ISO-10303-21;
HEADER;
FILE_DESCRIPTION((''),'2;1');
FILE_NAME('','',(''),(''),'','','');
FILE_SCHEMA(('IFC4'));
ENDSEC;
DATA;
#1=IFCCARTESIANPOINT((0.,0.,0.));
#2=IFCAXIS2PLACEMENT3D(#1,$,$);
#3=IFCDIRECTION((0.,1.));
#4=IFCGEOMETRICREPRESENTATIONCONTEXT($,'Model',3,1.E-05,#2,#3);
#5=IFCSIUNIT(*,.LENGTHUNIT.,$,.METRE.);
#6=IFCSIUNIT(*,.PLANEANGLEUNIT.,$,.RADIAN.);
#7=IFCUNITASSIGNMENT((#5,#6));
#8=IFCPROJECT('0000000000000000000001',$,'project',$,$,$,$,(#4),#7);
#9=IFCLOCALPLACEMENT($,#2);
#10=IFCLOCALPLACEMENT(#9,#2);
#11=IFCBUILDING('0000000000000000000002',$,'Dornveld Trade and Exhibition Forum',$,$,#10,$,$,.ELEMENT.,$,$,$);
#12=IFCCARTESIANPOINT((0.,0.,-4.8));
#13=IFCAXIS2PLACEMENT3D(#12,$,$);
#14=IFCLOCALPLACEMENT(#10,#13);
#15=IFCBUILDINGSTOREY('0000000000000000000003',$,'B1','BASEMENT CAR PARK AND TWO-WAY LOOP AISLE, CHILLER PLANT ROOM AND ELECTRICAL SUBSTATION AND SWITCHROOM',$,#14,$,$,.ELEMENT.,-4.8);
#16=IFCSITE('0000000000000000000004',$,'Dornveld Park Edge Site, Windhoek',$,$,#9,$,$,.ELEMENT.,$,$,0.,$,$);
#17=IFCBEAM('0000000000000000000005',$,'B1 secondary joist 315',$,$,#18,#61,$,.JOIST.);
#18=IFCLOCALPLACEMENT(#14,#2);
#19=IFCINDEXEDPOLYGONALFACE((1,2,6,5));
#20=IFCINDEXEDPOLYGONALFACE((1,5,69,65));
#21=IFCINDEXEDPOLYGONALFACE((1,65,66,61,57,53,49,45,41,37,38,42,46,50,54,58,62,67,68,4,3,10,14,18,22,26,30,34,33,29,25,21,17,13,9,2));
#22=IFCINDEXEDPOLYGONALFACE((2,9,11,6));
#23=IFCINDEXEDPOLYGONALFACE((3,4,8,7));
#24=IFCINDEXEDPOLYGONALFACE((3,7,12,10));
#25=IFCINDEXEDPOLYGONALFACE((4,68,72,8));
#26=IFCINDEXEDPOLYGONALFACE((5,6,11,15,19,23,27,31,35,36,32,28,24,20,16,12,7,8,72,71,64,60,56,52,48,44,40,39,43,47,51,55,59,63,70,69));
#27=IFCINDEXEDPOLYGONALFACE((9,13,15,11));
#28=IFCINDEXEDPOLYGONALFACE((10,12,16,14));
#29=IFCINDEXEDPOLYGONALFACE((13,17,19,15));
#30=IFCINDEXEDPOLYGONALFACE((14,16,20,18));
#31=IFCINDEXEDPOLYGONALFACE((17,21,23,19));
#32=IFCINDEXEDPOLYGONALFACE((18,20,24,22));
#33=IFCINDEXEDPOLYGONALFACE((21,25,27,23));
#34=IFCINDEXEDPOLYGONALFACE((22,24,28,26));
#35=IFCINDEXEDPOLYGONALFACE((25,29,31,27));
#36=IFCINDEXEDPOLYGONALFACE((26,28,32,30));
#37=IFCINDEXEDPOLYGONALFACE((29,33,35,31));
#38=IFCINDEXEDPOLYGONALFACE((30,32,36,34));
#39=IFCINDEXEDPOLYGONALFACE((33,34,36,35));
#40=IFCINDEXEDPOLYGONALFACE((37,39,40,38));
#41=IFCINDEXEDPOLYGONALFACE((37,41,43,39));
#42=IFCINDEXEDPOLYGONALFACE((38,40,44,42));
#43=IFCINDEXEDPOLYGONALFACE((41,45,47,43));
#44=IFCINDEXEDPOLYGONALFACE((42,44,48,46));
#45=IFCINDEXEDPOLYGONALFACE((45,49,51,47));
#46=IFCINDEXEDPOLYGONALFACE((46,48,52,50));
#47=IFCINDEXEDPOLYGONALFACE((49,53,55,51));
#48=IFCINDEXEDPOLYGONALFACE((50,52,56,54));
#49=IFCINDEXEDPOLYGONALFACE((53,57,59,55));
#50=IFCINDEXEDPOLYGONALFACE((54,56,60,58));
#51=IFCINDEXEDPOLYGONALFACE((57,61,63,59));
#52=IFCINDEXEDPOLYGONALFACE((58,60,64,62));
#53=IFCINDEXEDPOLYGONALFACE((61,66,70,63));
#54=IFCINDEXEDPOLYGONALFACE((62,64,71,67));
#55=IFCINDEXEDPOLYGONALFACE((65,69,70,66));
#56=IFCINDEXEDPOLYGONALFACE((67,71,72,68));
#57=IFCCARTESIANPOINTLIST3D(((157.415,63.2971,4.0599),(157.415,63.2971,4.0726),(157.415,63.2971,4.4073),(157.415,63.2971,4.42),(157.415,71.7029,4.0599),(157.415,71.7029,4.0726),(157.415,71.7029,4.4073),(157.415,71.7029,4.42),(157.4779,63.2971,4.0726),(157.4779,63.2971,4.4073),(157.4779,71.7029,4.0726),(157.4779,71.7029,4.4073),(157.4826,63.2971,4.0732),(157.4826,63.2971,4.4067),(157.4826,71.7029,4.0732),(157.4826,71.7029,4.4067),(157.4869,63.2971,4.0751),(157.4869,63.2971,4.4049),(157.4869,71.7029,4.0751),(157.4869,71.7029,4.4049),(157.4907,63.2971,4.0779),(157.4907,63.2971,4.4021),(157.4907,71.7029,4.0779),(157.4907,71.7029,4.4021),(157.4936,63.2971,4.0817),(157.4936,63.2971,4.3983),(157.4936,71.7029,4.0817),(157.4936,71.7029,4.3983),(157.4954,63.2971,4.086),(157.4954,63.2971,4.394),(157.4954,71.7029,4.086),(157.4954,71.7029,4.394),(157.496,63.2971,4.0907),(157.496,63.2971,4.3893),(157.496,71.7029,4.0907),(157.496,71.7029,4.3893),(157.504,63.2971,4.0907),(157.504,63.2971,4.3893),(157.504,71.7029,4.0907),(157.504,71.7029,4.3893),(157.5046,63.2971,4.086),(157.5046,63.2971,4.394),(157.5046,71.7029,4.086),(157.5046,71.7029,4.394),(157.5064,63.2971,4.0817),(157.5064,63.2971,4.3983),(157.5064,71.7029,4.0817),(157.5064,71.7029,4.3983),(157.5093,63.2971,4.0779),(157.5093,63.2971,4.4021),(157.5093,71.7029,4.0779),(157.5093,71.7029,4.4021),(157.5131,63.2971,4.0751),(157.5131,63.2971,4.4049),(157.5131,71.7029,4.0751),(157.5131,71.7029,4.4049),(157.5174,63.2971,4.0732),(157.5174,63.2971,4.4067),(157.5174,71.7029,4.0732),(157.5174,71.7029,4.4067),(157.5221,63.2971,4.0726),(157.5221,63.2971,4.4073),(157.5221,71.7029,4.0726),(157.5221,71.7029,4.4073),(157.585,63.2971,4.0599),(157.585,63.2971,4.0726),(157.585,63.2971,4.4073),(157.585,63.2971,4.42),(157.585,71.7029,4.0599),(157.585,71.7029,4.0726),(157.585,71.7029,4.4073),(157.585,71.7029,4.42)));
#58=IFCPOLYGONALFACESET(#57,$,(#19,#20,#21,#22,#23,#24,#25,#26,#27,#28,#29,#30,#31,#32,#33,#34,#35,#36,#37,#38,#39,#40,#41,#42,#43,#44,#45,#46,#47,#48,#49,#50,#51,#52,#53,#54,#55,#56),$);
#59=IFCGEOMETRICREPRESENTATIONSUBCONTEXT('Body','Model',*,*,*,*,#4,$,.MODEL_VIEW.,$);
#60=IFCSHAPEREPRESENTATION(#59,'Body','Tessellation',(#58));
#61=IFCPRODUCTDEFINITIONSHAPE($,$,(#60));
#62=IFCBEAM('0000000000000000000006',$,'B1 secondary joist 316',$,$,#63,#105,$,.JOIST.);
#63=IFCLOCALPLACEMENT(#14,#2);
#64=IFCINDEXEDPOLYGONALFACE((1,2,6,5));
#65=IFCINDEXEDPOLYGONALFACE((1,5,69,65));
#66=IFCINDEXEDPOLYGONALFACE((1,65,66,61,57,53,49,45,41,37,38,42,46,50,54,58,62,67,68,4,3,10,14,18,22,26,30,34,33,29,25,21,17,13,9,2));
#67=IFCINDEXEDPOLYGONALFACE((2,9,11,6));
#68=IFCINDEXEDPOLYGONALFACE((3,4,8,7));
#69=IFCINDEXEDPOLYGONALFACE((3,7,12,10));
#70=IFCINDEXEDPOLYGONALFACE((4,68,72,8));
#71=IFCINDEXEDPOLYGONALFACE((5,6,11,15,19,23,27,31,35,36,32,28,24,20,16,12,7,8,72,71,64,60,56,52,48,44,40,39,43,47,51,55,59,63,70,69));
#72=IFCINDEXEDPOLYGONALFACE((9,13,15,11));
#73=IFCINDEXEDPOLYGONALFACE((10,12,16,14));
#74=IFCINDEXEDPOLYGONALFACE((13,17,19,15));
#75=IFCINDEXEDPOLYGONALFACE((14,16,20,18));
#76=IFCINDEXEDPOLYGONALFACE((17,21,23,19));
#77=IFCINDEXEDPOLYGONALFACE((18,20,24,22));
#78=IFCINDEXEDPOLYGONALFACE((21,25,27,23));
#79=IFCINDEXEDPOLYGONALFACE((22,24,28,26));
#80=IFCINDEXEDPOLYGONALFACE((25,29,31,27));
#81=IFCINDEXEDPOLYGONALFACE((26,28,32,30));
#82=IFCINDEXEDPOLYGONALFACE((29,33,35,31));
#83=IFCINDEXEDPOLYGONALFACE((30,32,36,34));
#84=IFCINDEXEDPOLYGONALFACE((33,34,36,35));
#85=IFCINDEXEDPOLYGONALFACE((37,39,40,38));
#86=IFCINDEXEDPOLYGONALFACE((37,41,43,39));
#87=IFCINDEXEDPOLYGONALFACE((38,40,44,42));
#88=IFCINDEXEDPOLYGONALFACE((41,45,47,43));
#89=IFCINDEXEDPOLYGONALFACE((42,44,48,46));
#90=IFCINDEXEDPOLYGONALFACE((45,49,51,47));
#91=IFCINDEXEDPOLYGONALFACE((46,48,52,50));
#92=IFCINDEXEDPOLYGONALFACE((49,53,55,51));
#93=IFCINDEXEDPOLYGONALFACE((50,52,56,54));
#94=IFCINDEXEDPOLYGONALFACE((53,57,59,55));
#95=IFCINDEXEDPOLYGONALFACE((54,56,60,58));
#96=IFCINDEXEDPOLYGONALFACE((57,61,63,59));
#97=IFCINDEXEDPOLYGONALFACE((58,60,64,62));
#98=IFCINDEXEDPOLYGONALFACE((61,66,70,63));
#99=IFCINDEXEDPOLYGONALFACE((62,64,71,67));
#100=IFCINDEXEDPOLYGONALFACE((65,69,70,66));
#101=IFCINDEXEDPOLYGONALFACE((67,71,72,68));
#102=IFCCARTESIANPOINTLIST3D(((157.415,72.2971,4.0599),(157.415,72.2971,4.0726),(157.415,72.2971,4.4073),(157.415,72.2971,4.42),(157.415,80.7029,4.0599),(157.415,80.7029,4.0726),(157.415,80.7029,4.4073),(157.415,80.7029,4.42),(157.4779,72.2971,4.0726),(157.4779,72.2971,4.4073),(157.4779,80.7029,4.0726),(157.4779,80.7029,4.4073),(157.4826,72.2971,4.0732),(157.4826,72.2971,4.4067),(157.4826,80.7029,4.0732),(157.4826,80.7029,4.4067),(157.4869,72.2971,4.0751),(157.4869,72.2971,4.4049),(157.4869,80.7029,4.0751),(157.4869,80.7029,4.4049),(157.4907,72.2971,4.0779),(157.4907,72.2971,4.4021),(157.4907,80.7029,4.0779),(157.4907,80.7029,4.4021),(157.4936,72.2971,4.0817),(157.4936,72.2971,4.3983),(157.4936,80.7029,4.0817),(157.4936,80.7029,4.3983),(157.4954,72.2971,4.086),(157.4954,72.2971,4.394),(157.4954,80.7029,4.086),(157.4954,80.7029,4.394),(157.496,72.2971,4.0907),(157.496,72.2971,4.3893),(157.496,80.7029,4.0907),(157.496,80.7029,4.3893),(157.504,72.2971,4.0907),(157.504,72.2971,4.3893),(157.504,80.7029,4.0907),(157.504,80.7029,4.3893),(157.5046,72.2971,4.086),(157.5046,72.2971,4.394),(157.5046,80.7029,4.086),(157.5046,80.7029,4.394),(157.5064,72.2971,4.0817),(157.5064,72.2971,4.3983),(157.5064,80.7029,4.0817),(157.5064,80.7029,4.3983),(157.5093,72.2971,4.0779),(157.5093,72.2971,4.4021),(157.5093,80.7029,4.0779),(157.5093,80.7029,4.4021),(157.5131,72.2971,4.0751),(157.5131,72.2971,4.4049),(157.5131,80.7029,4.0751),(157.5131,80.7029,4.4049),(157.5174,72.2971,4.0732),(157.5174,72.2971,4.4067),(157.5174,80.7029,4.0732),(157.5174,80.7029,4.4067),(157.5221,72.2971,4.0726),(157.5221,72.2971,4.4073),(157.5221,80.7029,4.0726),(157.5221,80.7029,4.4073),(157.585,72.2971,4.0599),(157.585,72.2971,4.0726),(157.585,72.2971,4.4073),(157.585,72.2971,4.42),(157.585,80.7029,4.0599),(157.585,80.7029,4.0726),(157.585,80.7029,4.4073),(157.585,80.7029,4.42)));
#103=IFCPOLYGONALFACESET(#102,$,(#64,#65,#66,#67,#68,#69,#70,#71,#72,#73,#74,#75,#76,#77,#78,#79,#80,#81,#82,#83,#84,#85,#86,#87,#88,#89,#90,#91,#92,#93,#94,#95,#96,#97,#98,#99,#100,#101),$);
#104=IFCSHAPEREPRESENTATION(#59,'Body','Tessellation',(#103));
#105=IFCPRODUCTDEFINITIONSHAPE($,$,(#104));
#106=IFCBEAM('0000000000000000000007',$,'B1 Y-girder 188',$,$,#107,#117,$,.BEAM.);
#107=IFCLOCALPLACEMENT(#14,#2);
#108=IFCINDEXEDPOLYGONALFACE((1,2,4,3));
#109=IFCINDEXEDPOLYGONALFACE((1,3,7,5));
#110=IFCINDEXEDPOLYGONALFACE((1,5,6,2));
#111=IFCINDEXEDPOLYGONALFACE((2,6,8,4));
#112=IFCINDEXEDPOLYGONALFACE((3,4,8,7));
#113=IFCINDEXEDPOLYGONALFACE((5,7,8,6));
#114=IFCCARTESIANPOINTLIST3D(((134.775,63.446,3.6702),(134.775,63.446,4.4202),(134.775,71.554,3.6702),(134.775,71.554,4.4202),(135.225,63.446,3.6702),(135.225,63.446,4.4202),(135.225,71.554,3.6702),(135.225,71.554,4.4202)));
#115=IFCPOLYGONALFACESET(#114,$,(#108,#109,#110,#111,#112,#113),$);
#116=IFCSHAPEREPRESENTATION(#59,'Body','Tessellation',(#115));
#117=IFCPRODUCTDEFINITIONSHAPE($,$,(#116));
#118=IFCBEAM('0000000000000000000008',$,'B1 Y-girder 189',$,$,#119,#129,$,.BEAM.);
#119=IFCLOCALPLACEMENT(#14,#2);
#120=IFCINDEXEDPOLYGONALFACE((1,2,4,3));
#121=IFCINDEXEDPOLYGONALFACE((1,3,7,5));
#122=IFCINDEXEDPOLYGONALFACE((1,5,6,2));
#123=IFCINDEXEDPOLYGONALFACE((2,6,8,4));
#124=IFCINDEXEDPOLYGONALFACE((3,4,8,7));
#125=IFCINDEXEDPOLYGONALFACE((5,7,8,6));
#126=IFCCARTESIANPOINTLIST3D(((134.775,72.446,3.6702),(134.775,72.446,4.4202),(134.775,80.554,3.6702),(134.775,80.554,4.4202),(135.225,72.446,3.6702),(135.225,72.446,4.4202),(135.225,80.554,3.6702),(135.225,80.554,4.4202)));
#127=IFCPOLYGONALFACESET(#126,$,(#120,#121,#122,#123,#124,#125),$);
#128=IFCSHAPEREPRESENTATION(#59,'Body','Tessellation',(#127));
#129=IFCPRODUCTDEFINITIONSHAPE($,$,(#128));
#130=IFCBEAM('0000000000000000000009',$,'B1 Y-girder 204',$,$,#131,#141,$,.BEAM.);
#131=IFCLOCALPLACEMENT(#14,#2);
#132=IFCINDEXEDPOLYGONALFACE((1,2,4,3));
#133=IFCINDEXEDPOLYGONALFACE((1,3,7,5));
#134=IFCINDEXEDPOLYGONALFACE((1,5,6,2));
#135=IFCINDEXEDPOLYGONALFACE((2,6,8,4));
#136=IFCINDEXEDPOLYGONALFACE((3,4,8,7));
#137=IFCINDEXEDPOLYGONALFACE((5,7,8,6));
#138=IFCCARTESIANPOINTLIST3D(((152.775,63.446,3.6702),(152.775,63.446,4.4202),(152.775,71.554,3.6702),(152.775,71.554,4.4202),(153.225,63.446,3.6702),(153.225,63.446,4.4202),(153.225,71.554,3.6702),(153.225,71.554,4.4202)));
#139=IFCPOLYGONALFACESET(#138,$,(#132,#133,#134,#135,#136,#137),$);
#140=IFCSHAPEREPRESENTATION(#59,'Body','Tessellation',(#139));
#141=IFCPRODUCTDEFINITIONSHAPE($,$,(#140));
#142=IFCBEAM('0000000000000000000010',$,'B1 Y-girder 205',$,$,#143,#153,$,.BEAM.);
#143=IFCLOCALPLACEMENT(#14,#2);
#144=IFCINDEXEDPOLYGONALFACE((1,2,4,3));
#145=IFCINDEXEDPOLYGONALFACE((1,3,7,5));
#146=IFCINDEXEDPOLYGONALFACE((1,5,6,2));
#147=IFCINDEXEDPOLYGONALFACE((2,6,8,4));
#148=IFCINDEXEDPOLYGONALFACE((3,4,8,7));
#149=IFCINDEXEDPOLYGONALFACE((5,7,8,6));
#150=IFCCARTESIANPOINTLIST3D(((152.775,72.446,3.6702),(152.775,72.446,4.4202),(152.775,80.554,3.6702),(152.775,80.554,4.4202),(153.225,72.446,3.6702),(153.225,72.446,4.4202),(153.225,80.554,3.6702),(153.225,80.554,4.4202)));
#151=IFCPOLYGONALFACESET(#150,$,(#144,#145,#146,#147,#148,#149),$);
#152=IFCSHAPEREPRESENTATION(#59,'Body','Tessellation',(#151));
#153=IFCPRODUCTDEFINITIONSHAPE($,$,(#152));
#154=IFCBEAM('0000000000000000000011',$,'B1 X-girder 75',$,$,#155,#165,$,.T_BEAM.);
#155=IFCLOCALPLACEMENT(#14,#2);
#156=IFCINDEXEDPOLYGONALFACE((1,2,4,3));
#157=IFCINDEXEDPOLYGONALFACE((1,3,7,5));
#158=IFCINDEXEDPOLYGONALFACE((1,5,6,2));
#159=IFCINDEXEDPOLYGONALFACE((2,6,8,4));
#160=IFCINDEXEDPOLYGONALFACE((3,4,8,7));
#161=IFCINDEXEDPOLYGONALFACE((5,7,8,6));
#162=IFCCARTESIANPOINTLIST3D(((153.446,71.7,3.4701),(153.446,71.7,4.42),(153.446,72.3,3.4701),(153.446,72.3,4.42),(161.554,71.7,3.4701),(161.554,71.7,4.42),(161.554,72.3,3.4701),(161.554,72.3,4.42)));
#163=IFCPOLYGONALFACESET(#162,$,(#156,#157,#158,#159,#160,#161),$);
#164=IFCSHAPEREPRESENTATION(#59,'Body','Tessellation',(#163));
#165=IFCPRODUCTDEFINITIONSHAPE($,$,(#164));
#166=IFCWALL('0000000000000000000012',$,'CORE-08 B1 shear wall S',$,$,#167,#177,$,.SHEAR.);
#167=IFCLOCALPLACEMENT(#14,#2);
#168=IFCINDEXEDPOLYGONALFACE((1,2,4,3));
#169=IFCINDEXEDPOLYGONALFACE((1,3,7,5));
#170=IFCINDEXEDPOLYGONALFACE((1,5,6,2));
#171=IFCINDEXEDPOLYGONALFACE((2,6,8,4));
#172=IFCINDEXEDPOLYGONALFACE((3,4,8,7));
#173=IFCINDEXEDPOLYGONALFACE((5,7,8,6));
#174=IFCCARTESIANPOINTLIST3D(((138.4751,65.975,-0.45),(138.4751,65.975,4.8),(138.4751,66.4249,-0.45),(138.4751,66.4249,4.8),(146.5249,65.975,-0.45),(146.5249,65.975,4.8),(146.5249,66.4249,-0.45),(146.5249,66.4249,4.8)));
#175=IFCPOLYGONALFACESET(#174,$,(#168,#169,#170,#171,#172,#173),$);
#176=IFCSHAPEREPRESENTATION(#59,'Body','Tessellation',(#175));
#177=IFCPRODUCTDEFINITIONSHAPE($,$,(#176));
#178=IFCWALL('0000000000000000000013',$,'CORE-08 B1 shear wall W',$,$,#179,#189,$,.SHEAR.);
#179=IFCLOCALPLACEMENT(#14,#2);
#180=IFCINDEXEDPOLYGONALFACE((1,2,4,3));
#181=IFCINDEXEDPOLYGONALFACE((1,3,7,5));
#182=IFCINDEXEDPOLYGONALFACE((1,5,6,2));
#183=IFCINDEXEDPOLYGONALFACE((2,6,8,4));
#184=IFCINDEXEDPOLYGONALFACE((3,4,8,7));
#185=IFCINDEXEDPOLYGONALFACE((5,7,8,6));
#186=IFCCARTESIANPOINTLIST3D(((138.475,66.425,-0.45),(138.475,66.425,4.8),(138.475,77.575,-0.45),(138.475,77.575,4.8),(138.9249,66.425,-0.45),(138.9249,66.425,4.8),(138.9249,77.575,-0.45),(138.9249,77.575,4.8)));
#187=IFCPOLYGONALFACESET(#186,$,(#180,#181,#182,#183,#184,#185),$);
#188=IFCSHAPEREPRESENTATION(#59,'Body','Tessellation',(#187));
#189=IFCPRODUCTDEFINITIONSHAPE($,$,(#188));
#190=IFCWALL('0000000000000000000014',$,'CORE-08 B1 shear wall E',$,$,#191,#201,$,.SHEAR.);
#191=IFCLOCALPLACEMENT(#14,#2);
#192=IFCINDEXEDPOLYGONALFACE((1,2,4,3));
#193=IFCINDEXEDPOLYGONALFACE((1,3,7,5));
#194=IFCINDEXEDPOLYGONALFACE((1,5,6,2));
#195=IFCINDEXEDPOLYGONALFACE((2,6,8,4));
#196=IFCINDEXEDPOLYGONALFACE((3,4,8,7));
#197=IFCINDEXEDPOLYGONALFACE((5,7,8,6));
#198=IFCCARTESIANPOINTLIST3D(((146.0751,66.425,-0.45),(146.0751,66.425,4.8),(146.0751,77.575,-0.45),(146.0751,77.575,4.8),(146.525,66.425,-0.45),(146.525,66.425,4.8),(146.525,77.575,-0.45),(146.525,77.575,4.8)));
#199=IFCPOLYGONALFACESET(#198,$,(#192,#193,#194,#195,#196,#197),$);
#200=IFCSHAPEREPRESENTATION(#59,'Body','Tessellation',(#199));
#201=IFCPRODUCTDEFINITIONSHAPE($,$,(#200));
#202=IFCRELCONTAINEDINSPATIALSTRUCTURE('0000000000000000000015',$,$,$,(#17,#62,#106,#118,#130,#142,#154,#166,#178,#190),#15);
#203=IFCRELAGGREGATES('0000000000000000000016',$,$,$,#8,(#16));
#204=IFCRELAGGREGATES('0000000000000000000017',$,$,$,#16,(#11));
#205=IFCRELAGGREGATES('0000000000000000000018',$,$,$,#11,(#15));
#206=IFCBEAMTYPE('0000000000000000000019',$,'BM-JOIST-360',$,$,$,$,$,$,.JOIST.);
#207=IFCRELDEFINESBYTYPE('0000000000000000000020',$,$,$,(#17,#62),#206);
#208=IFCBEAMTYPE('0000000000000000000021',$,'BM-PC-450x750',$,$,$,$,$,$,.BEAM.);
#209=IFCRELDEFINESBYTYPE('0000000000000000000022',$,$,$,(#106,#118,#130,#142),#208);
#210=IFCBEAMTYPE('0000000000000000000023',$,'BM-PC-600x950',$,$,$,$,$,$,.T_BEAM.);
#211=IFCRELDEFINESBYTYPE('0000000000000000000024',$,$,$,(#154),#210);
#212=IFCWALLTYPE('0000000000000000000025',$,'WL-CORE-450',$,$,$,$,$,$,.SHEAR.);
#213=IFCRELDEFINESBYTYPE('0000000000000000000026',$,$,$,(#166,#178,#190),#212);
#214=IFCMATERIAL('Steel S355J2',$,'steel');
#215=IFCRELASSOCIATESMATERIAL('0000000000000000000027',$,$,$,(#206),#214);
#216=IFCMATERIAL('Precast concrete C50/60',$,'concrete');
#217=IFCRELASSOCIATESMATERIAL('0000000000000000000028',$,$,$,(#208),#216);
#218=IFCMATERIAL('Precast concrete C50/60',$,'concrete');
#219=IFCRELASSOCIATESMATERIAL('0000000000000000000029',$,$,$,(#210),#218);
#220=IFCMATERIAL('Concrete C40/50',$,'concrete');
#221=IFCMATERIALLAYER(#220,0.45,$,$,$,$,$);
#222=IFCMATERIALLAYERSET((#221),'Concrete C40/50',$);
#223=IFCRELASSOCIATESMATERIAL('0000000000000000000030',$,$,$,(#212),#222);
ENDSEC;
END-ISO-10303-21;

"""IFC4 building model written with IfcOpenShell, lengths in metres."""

from ifc_helpers import new_model, si_unit, direction, frame, frame_2d, origin, origin_2d, place, context, subcontext, project, spatial, rectangle, i_section, extrude, material, layer, layer_set, material_profile, profile_set, type_object, element, save


model = new_model("IFC4")

# Units and contexts
model_context = context("Model", 3, precision=1e-05, world=origin(), true_north=direction((0.0, 1.0)))
body_context = subcontext(model_context, "Body", "Model", "MODEL_VIEW")
ifc_project = project(units=[si_unit("LENGTHUNIT", "METRE"), si_unit("PLANEANGLEUNIT", "RADIAN")], contexts=[model_context])

# Site, building, storey
site_placement = place(None, origin())
site = spatial("IfcSite", under=ifc_project, at=site_placement, Name="Dornveld Park Edge Site, Windhoek", CompositionType="ELEMENT", RefElevation=0.0)
building_placement = place(site_placement, origin())
building = spatial("IfcBuilding", under=site, at=building_placement, Name="Dornveld Trade and Exhibition Forum", CompositionType="ELEMENT")
storey_placement = place(building_placement, frame((0.0, 0.0, -4.8)))
storey = spatial("IfcBuildingStorey", under=building, at=storey_placement, Name="B1", Description="BASEMENT CAR PARK AND TWO-WAY LOOP AISLE, CHILLER PLANT ROOM AND ELECTRICAL SUBSTATION AND SWITCHROOM", CompositionType="ELEMENT", Elevation=-4.8)

# Beams
ifc_material_1 = material(Name="Steel S355J2", Category="steel")
ifc_material_profile_1 = material_profile(ifc_material_1, i_section(OverallWidth=0.1699, OverallDepth=0.3601, WebThickness=0.0081, FlangeThickness=0.0127, FilletRadius=0.0181, at=origin_2d()), Name="IPE 360")
ifc_profile_set_1 = profile_set([ifc_material_profile_1], Name="Steel S355J2")
beam_type_1 = type_object("IfcBeamType", Name="BM-JOIST-360", PredefinedType="JOIST", material=ifc_profile_set_1)
for number, where, z_axis, x_axis, name in (
    (1, (157.5, 63.2971, 4.24), (0.0, 1.0, 0.0), (-1.0, 0.0, 0.0), "B1 secondary joist 315"),
    (2, (157.5, 72.2971, 4.24), (0.0, 1.0, 0.0), (-1.0, 0.0, 0.0), "B1 secondary joist 316"),
):
    element("IfcBeam", number, at=place(storey_placement, frame(where, z_axis=z_axis, x_axis=x_axis)), inside=storey, type_object=beam_type_1, Name=name, PredefinedType="JOIST", context=body_context, shape_type="SweptSolid", body=[
        extrude(i_section(OverallWidth=0.1699, OverallDepth=0.3601, WebThickness=0.0081, FlangeThickness=0.0127, FilletRadius=0.0181, at=origin_2d()), origin(), (0.0, 0.0, 1.0), 8.4058),
    ])
ifc_material_2 = material(Name="Precast concrete C50/60", Category="concrete")
ifc_material_profile_2 = material_profile(ifc_material_2, rectangle(XDim=0.45, YDim=0.75, at=origin_2d()), Name="PC-BM 450x750")
ifc_profile_set_2 = profile_set([ifc_material_profile_2], Name="Precast concrete C50/60")
beam_type_2 = type_object("IfcBeamType", Name="BM-PC-450x750", PredefinedType="BEAM", material=ifc_profile_set_2)
for number, where, z_axis, x_axis, name in (
    (3, (135.0, 63.446, 4.0452), (0.0, 1.0, 0.0), (-1.0, 0.0, 0.0), "B1 Y-girder 188"),
    (4, (135.0, 72.446, 4.0452), (0.0, 1.0, 0.0), (-1.0, 0.0, 0.0), "B1 Y-girder 189"),
    (5, (153.0, 63.446, 4.0452), (0.0, 1.0, 0.0), (-1.0, 0.0, 0.0), "B1 Y-girder 204"),
    (6, (153.0, 72.446, 4.0452), (0.0, 1.0, 0.0), (-1.0, 0.0, 0.0), "B1 Y-girder 205"),
):
    element("IfcBeam", number, at=place(storey_placement, frame(where, z_axis=z_axis, x_axis=x_axis)), inside=storey, type_object=beam_type_2, Name=name, PredefinedType="BEAM", context=body_context, shape_type="SweptSolid", body=[
        extrude(rectangle(XDim=0.45, YDim=0.75, at=origin_2d()), origin(), (0.0, 0.0, 1.0), 8.1079),
    ])
ifc_material_3 = material(Name="Precast concrete C50/60", Category="concrete")
ifc_material_profile_3 = material_profile(ifc_material_3, rectangle(XDim=0.6001, YDim=0.95, at=origin_2d()), Name="PC-GIR 600x950")
ifc_profile_set_3 = profile_set([ifc_material_profile_3], Name="Precast concrete C50/60")
beam_type_3 = type_object("IfcBeamType", Name="BM-PC-600x950", PredefinedType="T_BEAM", material=ifc_profile_set_3)
beam_placement = place(storey_placement, frame((153.446, 72.0, 3.9451), z_axis=(1.0, 0.0, 0.0), x_axis=(0.0, 1.0, 0.0)))
element("IfcBeam", 7, at=beam_placement, inside=storey, type_object=beam_type_3, Name="B1 X-girder 75", PredefinedType="T_BEAM", context=body_context, shape_type="SweptSolid", body=[
    extrude(rectangle(XDim=0.6001, YDim=0.95, at=origin_2d()), origin(), (0.0, 0.0, 1.0), 8.1079),
])

# Walls
ifc_material_4 = material(Name="Concrete C40/50", Category="concrete")
ifc_layer_1 = layer(ifc_material_4, 0.45)
ifc_layer_set_1 = layer_set([ifc_layer_1], Name="Concrete C40/50")
wall_type_1 = type_object("IfcWallType", Name="WL-CORE-450", PredefinedType="SHEAR", material=ifc_layer_set_1)
wall_1_placement = place(storey_placement, frame((138.4751, 66.2, -0.45), z_axis=(0.0, 0.0, 1.0), x_axis=(1.0, 0.0, 0.0)))
element("IfcWall", 8, at=wall_1_placement, inside=storey, type_object=wall_type_1, Name="CORE-08 B1 shear wall S", PredefinedType="SHEAR", context=body_context, shape_type="SweptSolid", body=[
    extrude(rectangle(XDim=8.0498, YDim=0.45, at=frame_2d((4.0249, 0.0))), origin(), (0.0, 0.0, 1.0), 5.25),
])
for number, where, z_axis, x_axis, name in (
    (9, (138.7, 66.425, -0.45), (0.0, 0.0, 1.0), (0.0, 1.0, 0.0), "CORE-08 B1 shear wall W"),
    (10, (146.3, 66.425, -0.45), (0.0, 0.0, 1.0), (0.0, 1.0, 0.0), "CORE-08 B1 shear wall E"),
):
    element("IfcWall", number, at=place(storey_placement, frame(where, z_axis=z_axis, x_axis=x_axis)), inside=storey, type_object=wall_type_1, Name=name, PredefinedType="SHEAR", context=body_context, shape_type="SweptSolid", body=[
        extrude(rectangle(XDim=11.1499, YDim=0.45, at=frame_2d((5.575, 0.0))), origin(), (0.0, 0.0, 1.0), 5.25),
    ])

save(model, "model.ifc")
